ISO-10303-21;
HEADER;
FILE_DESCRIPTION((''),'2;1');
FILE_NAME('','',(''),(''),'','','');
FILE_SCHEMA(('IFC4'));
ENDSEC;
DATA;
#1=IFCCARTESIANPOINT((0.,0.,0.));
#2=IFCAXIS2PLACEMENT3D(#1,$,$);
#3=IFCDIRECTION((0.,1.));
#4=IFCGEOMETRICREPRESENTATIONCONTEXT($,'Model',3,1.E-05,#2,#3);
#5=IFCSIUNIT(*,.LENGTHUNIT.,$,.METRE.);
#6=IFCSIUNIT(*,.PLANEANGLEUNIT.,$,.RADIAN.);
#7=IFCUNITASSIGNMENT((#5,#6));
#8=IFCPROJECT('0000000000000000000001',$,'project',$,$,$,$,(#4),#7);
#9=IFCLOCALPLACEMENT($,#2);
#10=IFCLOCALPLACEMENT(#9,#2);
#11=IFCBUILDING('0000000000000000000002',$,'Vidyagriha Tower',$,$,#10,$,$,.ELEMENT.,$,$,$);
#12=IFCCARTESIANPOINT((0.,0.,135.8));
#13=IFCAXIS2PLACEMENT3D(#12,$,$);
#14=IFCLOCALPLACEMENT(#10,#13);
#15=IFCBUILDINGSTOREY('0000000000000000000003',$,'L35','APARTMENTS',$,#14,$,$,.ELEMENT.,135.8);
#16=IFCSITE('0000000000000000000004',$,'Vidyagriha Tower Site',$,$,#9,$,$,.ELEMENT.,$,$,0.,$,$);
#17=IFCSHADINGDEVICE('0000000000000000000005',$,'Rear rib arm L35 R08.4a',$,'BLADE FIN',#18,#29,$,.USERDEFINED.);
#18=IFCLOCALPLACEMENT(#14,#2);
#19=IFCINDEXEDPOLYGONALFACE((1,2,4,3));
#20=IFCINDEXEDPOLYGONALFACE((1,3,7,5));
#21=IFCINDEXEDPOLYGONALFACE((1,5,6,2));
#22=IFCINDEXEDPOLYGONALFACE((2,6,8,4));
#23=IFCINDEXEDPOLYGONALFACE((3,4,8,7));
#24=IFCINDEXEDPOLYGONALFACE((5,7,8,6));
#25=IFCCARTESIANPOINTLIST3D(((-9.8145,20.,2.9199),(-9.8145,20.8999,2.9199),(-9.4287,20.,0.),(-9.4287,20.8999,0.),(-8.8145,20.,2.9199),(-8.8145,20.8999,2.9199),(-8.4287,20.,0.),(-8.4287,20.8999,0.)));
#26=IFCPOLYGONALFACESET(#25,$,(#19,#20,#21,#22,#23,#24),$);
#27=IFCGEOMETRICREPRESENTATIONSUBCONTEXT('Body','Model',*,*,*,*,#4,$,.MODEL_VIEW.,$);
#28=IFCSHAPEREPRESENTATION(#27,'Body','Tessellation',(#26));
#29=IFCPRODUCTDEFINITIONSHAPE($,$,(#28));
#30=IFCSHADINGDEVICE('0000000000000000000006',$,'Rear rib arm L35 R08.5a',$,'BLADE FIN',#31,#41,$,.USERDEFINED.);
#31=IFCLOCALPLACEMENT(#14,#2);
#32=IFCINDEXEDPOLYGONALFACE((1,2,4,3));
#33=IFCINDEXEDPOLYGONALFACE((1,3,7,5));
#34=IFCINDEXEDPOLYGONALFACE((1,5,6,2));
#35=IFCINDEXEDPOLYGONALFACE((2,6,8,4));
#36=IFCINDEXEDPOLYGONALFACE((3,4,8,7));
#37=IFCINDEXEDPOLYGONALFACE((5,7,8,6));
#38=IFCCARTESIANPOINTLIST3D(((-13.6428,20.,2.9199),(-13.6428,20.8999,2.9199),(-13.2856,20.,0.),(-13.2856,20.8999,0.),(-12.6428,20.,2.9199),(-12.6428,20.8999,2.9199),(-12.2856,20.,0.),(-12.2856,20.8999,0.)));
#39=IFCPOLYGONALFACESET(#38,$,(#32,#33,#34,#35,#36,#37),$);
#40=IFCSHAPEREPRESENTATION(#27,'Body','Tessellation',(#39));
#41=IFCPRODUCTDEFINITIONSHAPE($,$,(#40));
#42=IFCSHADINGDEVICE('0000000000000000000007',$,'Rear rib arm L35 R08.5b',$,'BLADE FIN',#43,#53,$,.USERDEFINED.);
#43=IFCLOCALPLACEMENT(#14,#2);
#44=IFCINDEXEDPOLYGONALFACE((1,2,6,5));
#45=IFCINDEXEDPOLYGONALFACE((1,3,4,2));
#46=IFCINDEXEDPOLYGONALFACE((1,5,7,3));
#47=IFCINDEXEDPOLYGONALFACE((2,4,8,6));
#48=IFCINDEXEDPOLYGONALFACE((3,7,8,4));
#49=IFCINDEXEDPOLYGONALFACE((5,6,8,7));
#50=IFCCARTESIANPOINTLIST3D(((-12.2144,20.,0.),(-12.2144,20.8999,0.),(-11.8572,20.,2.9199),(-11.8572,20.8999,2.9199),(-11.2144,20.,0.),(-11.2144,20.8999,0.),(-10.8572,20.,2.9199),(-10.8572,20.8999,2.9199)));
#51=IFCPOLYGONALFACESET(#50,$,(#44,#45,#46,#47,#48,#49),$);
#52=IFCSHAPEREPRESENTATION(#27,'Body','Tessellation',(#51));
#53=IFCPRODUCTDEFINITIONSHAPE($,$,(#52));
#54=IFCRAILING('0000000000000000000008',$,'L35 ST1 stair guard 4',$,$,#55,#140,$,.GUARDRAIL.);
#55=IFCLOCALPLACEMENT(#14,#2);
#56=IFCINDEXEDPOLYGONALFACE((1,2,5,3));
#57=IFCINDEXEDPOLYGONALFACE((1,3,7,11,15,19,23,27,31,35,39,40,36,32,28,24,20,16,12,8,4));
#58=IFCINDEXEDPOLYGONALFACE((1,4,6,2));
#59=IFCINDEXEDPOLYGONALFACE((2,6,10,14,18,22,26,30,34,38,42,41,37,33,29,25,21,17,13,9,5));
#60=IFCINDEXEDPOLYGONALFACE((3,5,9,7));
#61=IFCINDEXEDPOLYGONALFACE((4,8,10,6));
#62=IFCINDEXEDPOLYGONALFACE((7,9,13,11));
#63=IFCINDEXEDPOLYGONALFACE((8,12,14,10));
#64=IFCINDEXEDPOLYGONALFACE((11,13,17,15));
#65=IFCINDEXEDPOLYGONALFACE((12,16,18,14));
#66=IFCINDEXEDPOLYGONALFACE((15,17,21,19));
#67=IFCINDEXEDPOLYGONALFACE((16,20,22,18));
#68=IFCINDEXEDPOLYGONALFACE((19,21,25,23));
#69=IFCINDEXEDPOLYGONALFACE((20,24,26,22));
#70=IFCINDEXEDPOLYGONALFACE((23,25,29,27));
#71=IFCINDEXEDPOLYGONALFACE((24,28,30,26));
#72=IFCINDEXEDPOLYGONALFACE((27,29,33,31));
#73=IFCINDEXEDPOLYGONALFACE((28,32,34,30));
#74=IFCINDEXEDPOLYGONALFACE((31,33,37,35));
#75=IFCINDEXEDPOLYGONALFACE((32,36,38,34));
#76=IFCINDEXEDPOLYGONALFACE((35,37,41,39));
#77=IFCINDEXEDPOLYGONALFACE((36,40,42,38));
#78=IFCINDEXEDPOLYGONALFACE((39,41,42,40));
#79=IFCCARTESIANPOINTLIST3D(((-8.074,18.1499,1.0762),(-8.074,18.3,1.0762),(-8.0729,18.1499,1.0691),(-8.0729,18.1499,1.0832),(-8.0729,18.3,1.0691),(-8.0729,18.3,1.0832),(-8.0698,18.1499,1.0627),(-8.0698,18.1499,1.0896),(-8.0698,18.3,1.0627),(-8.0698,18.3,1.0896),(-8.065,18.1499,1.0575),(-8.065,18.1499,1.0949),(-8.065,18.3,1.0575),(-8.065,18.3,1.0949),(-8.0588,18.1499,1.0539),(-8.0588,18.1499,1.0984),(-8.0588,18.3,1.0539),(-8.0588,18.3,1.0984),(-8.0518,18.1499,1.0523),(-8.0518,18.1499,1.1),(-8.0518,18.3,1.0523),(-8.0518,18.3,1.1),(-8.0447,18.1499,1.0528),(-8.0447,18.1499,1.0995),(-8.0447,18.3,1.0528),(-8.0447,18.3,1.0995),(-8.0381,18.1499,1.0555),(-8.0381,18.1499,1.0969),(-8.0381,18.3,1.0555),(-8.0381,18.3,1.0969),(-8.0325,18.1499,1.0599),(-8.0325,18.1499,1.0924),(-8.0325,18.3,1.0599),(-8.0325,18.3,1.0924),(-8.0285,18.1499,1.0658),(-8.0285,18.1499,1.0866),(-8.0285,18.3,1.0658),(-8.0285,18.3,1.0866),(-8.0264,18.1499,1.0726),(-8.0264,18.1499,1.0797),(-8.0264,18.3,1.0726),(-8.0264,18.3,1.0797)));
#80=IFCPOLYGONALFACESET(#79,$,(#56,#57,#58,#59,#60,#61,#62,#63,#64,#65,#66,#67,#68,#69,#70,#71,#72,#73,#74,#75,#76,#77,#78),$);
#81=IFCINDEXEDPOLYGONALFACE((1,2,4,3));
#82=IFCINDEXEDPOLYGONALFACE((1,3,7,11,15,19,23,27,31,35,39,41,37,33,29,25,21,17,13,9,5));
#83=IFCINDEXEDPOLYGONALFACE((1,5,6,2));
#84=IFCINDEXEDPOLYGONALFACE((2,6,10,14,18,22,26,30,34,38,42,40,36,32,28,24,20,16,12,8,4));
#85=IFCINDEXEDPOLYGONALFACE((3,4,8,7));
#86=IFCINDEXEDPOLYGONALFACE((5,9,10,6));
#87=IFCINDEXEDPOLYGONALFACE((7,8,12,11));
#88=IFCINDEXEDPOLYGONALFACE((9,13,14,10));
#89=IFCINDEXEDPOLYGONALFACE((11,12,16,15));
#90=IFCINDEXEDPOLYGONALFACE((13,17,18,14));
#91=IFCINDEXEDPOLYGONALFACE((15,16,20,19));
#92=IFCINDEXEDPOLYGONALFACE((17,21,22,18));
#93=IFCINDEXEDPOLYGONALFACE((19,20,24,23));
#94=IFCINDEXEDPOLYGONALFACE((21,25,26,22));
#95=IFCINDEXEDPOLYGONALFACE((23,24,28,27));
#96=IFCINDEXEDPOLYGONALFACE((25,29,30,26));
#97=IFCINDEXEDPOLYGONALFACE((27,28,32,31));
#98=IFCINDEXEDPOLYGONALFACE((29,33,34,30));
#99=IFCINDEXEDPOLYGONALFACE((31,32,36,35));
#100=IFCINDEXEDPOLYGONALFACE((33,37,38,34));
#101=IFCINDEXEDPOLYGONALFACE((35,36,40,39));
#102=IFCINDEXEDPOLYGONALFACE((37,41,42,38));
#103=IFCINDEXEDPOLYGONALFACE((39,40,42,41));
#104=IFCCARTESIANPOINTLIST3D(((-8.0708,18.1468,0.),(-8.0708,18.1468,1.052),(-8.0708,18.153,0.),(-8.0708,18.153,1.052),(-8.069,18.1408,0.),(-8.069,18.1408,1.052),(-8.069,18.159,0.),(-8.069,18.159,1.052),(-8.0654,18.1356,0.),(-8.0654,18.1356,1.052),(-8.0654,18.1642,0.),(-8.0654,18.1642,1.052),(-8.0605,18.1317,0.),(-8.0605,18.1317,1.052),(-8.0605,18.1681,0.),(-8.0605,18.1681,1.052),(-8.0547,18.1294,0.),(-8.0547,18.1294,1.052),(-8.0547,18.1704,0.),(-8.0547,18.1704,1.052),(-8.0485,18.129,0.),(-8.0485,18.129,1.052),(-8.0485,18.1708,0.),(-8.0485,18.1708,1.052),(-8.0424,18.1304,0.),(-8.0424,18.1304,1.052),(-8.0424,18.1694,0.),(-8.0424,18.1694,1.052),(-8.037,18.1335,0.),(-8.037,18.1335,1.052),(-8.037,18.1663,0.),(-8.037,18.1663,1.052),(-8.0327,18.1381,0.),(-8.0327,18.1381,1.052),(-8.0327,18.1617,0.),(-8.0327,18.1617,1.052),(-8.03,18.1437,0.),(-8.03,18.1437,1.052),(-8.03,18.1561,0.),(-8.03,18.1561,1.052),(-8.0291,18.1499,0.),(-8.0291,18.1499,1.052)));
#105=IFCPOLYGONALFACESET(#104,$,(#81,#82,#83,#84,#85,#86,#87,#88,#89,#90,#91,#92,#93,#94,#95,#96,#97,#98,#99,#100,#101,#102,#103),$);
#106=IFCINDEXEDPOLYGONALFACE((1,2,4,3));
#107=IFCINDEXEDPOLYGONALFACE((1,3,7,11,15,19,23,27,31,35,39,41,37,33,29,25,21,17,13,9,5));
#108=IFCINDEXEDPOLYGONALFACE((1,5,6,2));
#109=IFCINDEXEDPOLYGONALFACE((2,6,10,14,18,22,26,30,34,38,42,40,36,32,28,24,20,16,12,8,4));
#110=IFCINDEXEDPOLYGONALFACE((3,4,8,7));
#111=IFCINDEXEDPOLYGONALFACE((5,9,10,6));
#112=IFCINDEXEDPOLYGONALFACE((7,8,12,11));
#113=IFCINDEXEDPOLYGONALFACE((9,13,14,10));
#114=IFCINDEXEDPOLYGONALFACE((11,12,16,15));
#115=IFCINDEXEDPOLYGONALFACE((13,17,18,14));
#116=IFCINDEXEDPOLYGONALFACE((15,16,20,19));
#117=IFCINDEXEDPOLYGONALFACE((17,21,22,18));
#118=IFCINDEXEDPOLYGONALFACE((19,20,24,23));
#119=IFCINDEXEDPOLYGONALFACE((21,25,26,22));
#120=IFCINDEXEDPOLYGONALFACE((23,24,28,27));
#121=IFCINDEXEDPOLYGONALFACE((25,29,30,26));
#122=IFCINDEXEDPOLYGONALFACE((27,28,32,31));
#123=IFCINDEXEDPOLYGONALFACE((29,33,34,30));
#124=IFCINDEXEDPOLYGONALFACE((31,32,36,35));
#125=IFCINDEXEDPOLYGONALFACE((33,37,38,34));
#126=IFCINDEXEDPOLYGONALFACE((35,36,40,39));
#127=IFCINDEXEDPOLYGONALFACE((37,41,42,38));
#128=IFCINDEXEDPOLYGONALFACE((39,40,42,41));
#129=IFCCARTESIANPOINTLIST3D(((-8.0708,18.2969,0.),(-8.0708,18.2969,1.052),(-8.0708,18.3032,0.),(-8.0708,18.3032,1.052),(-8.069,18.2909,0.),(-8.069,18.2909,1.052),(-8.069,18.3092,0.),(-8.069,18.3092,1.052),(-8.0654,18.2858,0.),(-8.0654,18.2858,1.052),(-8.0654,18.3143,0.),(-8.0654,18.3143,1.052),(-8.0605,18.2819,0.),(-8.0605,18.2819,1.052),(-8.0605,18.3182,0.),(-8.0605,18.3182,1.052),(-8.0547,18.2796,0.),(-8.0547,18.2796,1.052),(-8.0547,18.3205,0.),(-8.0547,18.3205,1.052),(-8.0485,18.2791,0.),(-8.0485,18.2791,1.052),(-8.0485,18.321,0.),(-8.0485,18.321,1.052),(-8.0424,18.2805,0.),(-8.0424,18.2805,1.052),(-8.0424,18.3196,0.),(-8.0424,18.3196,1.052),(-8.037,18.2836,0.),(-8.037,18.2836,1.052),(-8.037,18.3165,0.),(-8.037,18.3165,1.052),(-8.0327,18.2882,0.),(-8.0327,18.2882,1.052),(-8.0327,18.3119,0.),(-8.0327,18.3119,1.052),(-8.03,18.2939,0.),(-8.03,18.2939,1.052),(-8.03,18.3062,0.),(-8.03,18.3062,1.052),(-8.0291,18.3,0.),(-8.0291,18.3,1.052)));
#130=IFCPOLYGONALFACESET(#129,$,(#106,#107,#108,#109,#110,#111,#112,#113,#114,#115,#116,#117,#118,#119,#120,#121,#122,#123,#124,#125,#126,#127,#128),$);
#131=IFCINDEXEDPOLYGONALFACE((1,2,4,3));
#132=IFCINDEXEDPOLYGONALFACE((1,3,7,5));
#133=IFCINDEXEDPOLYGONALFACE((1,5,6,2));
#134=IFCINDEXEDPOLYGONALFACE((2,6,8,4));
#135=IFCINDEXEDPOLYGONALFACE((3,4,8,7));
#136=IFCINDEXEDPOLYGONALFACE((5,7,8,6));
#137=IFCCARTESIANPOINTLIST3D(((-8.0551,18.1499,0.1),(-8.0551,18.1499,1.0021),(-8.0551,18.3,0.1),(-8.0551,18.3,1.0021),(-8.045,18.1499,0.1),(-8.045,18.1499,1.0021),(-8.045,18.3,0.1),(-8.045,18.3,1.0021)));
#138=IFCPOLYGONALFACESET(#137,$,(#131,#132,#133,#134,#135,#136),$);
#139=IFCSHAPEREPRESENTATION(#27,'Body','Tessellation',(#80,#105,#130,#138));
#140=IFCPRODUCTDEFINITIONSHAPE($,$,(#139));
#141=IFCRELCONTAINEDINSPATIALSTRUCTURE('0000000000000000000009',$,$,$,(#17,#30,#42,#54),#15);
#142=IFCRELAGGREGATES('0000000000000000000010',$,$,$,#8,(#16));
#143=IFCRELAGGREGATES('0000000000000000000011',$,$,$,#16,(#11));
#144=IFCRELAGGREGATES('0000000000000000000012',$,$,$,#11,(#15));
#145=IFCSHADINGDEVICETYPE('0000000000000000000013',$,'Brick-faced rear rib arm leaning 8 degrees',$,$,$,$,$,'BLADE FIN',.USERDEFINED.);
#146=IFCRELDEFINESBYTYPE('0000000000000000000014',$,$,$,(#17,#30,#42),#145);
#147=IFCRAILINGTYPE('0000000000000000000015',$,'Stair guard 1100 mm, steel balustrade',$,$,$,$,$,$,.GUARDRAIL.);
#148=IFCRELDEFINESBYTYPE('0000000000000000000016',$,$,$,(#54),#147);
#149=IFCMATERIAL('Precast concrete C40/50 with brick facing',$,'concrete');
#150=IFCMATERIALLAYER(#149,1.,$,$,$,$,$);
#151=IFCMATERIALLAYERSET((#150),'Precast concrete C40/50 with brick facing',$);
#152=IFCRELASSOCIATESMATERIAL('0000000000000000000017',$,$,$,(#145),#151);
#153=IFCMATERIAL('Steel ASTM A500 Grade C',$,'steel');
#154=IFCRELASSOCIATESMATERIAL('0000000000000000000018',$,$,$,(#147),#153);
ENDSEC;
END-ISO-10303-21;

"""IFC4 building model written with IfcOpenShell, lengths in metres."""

from ifc_helpers import new_model, si_unit, direction, frame, origin, origin_2d, place, context, subcontext, project, spatial, polyline, rectangle, circle, outline, extrude, material, layer, layer_set, type_object, element, save


model = new_model("IFC4")

# Units and contexts
model_context = context("Model", 3, precision=1e-05, world=origin(), true_north=direction((0.0, 1.0)))
body_context = subcontext(model_context, "Body", "Model", "MODEL_VIEW")
ifc_project = project(units=[si_unit("LENGTHUNIT", "METRE"), si_unit("PLANEANGLEUNIT", "RADIAN")], contexts=[model_context])

# Site, building, storey
site_placement = place(None, origin())
site = spatial("IfcSite", under=ifc_project, at=site_placement, Name="Vidyagriha Tower Site", CompositionType="ELEMENT", RefElevation=0.0)
building_placement = place(site_placement, origin())
building = spatial("IfcBuilding", under=site, at=building_placement, Name="Vidyagriha Tower", CompositionType="ELEMENT")
storey_placement = place(building_placement, frame((0.0, 0.0, 135.8)))
storey = spatial("IfcBuildingStorey", under=building, at=storey_placement, Name="L35", Description="APARTMENTS", CompositionType="ELEMENT", Elevation=135.8)

# Shading devices
ifc_material_1 = material(Name="Precast concrete C40/50 with brick facing", Category="concrete")
ifc_layer_1 = layer(ifc_material_1, 1.0)
ifc_layer_set_1 = layer_set([ifc_layer_1], Name="Precast concrete C40/50 with brick facing")
shading_device_type = type_object("IfcShadingDeviceType", Name="Brick-faced rear rib arm leaning 8 degrees", ElementType="BLADE FIN", PredefinedType="USERDEFINED", material=ifc_layer_set_1)
shading_device_1_placement = place(storey_placement, frame((-8.4287, 20.45, 0.0), z_axis=(0.0, 0.0, 1.0), x_axis=(-1.0, 0.0, 0.0)))
element("IfcShadingDevice", 1, at=shading_device_1_placement, inside=storey, type_object=shading_device_type, Name="Rear rib arm L35 R08.4a", ObjectType="BLADE FIN", PredefinedType="USERDEFINED", context=body_context, shape_type="SweptSolid", body=[
    extrude(outline(polyline([(0.0, 0.0), (1.0, 0.0), (1.3857, 2.9199), (0.3857, 2.9199), (0.0, 0.0)])), frame((0.0, 0.45, 0.0), z_axis=(0.0, -1.0, 0.0), x_axis=(1.0, 0.0, 0.0)), (0.0, 0.0, 1.0), 0.8999),
])
shading_device_2_placement = place(storey_placement, frame((-12.2856, 20.45, 0.0), z_axis=(0.0, 0.0, 1.0), x_axis=(-1.0, 0.0, 0.0)))
element("IfcShadingDevice", 2, at=shading_device_2_placement, inside=storey, type_object=shading_device_type, Name="Rear rib arm L35 R08.5a", ObjectType="BLADE FIN", PredefinedType="USERDEFINED", context=body_context, shape_type="SweptSolid", body=[
    extrude(outline(polyline([(0.0, 0.0), (1.0, 0.0), (1.3572, 2.9199), (0.3572, 2.9199), (0.0, 0.0)])), frame((0.0, 0.45, 0.0), z_axis=(0.0, -1.0, 0.0), x_axis=(1.0, 0.0, 0.0)), (0.0, 0.0, 1.0), 0.8999),
])
shading_device_3_placement = place(storey_placement, frame((-10.8572, 20.45, 0.0), z_axis=(0.0, 0.0, 1.0), x_axis=(-1.0, 0.0, 0.0)))
element("IfcShadingDevice", 3, at=shading_device_3_placement, inside=storey, type_object=shading_device_type, Name="Rear rib arm L35 R08.5b", ObjectType="BLADE FIN", PredefinedType="USERDEFINED", context=body_context, shape_type="SweptSolid", body=[
    extrude(outline(polyline([(0.3572, 0.0), (1.3572, 0.0), (1.0, 2.9199), (0.0, 2.9199), (0.3572, 0.0)])), frame((0.0, 0.45, 0.0), z_axis=(0.0, -1.0, 0.0), x_axis=(1.0, 0.0, 0.0)), (0.0, 0.0, 1.0), 0.8999),
])

# Railing
ifc_material_2 = material(Name="Steel ASTM A500 Grade C", Category="steel")
railing_type_1 = type_object("IfcRailingType", Name="Stair guard 1100 mm, steel balustrade", PredefinedType="GUARDRAIL", material=ifc_material_2)
railing_1_placement = place(storey_placement, frame((-8.05, 18.1499, 0.0)))
element("IfcRailing", 4, at=railing_1_placement, inside=storey, type_object=railing_type_1, Name="L35 ST1 stair guard 4", PredefinedType="GUARDRAIL", context=body_context, shape_type="SweptSolid", body=[
    extrude(circle(Radius=0.0239, at=origin_2d()), frame((0.0, 0.0, 1.0762), z_axis=(0.0, 1.0, 0.0), x_axis=(-1.0, 0.0, 0.0)), (0.0, 0.0, 1.0), 0.1501),
    extrude(circle(Radius=0.021, at=origin_2d()), origin(), (0.0, 0.0, 1.0), 1.052),
    extrude(circle(Radius=0.021, at=origin_2d()), frame((0.0, 0.1501, 0.0)), (0.0, 0.0, 1.0), 1.052),
    extrude(rectangle(XDim=0.01, YDim=0.9021, at=origin_2d()), frame((0.0, 0.0, 0.551), z_axis=(0.0, 1.0, 0.0), x_axis=(-1.0, 0.0, 0.0)), (0.0, 0.0, 1.0), 0.1501),
])

save(model, "model.ifc")
